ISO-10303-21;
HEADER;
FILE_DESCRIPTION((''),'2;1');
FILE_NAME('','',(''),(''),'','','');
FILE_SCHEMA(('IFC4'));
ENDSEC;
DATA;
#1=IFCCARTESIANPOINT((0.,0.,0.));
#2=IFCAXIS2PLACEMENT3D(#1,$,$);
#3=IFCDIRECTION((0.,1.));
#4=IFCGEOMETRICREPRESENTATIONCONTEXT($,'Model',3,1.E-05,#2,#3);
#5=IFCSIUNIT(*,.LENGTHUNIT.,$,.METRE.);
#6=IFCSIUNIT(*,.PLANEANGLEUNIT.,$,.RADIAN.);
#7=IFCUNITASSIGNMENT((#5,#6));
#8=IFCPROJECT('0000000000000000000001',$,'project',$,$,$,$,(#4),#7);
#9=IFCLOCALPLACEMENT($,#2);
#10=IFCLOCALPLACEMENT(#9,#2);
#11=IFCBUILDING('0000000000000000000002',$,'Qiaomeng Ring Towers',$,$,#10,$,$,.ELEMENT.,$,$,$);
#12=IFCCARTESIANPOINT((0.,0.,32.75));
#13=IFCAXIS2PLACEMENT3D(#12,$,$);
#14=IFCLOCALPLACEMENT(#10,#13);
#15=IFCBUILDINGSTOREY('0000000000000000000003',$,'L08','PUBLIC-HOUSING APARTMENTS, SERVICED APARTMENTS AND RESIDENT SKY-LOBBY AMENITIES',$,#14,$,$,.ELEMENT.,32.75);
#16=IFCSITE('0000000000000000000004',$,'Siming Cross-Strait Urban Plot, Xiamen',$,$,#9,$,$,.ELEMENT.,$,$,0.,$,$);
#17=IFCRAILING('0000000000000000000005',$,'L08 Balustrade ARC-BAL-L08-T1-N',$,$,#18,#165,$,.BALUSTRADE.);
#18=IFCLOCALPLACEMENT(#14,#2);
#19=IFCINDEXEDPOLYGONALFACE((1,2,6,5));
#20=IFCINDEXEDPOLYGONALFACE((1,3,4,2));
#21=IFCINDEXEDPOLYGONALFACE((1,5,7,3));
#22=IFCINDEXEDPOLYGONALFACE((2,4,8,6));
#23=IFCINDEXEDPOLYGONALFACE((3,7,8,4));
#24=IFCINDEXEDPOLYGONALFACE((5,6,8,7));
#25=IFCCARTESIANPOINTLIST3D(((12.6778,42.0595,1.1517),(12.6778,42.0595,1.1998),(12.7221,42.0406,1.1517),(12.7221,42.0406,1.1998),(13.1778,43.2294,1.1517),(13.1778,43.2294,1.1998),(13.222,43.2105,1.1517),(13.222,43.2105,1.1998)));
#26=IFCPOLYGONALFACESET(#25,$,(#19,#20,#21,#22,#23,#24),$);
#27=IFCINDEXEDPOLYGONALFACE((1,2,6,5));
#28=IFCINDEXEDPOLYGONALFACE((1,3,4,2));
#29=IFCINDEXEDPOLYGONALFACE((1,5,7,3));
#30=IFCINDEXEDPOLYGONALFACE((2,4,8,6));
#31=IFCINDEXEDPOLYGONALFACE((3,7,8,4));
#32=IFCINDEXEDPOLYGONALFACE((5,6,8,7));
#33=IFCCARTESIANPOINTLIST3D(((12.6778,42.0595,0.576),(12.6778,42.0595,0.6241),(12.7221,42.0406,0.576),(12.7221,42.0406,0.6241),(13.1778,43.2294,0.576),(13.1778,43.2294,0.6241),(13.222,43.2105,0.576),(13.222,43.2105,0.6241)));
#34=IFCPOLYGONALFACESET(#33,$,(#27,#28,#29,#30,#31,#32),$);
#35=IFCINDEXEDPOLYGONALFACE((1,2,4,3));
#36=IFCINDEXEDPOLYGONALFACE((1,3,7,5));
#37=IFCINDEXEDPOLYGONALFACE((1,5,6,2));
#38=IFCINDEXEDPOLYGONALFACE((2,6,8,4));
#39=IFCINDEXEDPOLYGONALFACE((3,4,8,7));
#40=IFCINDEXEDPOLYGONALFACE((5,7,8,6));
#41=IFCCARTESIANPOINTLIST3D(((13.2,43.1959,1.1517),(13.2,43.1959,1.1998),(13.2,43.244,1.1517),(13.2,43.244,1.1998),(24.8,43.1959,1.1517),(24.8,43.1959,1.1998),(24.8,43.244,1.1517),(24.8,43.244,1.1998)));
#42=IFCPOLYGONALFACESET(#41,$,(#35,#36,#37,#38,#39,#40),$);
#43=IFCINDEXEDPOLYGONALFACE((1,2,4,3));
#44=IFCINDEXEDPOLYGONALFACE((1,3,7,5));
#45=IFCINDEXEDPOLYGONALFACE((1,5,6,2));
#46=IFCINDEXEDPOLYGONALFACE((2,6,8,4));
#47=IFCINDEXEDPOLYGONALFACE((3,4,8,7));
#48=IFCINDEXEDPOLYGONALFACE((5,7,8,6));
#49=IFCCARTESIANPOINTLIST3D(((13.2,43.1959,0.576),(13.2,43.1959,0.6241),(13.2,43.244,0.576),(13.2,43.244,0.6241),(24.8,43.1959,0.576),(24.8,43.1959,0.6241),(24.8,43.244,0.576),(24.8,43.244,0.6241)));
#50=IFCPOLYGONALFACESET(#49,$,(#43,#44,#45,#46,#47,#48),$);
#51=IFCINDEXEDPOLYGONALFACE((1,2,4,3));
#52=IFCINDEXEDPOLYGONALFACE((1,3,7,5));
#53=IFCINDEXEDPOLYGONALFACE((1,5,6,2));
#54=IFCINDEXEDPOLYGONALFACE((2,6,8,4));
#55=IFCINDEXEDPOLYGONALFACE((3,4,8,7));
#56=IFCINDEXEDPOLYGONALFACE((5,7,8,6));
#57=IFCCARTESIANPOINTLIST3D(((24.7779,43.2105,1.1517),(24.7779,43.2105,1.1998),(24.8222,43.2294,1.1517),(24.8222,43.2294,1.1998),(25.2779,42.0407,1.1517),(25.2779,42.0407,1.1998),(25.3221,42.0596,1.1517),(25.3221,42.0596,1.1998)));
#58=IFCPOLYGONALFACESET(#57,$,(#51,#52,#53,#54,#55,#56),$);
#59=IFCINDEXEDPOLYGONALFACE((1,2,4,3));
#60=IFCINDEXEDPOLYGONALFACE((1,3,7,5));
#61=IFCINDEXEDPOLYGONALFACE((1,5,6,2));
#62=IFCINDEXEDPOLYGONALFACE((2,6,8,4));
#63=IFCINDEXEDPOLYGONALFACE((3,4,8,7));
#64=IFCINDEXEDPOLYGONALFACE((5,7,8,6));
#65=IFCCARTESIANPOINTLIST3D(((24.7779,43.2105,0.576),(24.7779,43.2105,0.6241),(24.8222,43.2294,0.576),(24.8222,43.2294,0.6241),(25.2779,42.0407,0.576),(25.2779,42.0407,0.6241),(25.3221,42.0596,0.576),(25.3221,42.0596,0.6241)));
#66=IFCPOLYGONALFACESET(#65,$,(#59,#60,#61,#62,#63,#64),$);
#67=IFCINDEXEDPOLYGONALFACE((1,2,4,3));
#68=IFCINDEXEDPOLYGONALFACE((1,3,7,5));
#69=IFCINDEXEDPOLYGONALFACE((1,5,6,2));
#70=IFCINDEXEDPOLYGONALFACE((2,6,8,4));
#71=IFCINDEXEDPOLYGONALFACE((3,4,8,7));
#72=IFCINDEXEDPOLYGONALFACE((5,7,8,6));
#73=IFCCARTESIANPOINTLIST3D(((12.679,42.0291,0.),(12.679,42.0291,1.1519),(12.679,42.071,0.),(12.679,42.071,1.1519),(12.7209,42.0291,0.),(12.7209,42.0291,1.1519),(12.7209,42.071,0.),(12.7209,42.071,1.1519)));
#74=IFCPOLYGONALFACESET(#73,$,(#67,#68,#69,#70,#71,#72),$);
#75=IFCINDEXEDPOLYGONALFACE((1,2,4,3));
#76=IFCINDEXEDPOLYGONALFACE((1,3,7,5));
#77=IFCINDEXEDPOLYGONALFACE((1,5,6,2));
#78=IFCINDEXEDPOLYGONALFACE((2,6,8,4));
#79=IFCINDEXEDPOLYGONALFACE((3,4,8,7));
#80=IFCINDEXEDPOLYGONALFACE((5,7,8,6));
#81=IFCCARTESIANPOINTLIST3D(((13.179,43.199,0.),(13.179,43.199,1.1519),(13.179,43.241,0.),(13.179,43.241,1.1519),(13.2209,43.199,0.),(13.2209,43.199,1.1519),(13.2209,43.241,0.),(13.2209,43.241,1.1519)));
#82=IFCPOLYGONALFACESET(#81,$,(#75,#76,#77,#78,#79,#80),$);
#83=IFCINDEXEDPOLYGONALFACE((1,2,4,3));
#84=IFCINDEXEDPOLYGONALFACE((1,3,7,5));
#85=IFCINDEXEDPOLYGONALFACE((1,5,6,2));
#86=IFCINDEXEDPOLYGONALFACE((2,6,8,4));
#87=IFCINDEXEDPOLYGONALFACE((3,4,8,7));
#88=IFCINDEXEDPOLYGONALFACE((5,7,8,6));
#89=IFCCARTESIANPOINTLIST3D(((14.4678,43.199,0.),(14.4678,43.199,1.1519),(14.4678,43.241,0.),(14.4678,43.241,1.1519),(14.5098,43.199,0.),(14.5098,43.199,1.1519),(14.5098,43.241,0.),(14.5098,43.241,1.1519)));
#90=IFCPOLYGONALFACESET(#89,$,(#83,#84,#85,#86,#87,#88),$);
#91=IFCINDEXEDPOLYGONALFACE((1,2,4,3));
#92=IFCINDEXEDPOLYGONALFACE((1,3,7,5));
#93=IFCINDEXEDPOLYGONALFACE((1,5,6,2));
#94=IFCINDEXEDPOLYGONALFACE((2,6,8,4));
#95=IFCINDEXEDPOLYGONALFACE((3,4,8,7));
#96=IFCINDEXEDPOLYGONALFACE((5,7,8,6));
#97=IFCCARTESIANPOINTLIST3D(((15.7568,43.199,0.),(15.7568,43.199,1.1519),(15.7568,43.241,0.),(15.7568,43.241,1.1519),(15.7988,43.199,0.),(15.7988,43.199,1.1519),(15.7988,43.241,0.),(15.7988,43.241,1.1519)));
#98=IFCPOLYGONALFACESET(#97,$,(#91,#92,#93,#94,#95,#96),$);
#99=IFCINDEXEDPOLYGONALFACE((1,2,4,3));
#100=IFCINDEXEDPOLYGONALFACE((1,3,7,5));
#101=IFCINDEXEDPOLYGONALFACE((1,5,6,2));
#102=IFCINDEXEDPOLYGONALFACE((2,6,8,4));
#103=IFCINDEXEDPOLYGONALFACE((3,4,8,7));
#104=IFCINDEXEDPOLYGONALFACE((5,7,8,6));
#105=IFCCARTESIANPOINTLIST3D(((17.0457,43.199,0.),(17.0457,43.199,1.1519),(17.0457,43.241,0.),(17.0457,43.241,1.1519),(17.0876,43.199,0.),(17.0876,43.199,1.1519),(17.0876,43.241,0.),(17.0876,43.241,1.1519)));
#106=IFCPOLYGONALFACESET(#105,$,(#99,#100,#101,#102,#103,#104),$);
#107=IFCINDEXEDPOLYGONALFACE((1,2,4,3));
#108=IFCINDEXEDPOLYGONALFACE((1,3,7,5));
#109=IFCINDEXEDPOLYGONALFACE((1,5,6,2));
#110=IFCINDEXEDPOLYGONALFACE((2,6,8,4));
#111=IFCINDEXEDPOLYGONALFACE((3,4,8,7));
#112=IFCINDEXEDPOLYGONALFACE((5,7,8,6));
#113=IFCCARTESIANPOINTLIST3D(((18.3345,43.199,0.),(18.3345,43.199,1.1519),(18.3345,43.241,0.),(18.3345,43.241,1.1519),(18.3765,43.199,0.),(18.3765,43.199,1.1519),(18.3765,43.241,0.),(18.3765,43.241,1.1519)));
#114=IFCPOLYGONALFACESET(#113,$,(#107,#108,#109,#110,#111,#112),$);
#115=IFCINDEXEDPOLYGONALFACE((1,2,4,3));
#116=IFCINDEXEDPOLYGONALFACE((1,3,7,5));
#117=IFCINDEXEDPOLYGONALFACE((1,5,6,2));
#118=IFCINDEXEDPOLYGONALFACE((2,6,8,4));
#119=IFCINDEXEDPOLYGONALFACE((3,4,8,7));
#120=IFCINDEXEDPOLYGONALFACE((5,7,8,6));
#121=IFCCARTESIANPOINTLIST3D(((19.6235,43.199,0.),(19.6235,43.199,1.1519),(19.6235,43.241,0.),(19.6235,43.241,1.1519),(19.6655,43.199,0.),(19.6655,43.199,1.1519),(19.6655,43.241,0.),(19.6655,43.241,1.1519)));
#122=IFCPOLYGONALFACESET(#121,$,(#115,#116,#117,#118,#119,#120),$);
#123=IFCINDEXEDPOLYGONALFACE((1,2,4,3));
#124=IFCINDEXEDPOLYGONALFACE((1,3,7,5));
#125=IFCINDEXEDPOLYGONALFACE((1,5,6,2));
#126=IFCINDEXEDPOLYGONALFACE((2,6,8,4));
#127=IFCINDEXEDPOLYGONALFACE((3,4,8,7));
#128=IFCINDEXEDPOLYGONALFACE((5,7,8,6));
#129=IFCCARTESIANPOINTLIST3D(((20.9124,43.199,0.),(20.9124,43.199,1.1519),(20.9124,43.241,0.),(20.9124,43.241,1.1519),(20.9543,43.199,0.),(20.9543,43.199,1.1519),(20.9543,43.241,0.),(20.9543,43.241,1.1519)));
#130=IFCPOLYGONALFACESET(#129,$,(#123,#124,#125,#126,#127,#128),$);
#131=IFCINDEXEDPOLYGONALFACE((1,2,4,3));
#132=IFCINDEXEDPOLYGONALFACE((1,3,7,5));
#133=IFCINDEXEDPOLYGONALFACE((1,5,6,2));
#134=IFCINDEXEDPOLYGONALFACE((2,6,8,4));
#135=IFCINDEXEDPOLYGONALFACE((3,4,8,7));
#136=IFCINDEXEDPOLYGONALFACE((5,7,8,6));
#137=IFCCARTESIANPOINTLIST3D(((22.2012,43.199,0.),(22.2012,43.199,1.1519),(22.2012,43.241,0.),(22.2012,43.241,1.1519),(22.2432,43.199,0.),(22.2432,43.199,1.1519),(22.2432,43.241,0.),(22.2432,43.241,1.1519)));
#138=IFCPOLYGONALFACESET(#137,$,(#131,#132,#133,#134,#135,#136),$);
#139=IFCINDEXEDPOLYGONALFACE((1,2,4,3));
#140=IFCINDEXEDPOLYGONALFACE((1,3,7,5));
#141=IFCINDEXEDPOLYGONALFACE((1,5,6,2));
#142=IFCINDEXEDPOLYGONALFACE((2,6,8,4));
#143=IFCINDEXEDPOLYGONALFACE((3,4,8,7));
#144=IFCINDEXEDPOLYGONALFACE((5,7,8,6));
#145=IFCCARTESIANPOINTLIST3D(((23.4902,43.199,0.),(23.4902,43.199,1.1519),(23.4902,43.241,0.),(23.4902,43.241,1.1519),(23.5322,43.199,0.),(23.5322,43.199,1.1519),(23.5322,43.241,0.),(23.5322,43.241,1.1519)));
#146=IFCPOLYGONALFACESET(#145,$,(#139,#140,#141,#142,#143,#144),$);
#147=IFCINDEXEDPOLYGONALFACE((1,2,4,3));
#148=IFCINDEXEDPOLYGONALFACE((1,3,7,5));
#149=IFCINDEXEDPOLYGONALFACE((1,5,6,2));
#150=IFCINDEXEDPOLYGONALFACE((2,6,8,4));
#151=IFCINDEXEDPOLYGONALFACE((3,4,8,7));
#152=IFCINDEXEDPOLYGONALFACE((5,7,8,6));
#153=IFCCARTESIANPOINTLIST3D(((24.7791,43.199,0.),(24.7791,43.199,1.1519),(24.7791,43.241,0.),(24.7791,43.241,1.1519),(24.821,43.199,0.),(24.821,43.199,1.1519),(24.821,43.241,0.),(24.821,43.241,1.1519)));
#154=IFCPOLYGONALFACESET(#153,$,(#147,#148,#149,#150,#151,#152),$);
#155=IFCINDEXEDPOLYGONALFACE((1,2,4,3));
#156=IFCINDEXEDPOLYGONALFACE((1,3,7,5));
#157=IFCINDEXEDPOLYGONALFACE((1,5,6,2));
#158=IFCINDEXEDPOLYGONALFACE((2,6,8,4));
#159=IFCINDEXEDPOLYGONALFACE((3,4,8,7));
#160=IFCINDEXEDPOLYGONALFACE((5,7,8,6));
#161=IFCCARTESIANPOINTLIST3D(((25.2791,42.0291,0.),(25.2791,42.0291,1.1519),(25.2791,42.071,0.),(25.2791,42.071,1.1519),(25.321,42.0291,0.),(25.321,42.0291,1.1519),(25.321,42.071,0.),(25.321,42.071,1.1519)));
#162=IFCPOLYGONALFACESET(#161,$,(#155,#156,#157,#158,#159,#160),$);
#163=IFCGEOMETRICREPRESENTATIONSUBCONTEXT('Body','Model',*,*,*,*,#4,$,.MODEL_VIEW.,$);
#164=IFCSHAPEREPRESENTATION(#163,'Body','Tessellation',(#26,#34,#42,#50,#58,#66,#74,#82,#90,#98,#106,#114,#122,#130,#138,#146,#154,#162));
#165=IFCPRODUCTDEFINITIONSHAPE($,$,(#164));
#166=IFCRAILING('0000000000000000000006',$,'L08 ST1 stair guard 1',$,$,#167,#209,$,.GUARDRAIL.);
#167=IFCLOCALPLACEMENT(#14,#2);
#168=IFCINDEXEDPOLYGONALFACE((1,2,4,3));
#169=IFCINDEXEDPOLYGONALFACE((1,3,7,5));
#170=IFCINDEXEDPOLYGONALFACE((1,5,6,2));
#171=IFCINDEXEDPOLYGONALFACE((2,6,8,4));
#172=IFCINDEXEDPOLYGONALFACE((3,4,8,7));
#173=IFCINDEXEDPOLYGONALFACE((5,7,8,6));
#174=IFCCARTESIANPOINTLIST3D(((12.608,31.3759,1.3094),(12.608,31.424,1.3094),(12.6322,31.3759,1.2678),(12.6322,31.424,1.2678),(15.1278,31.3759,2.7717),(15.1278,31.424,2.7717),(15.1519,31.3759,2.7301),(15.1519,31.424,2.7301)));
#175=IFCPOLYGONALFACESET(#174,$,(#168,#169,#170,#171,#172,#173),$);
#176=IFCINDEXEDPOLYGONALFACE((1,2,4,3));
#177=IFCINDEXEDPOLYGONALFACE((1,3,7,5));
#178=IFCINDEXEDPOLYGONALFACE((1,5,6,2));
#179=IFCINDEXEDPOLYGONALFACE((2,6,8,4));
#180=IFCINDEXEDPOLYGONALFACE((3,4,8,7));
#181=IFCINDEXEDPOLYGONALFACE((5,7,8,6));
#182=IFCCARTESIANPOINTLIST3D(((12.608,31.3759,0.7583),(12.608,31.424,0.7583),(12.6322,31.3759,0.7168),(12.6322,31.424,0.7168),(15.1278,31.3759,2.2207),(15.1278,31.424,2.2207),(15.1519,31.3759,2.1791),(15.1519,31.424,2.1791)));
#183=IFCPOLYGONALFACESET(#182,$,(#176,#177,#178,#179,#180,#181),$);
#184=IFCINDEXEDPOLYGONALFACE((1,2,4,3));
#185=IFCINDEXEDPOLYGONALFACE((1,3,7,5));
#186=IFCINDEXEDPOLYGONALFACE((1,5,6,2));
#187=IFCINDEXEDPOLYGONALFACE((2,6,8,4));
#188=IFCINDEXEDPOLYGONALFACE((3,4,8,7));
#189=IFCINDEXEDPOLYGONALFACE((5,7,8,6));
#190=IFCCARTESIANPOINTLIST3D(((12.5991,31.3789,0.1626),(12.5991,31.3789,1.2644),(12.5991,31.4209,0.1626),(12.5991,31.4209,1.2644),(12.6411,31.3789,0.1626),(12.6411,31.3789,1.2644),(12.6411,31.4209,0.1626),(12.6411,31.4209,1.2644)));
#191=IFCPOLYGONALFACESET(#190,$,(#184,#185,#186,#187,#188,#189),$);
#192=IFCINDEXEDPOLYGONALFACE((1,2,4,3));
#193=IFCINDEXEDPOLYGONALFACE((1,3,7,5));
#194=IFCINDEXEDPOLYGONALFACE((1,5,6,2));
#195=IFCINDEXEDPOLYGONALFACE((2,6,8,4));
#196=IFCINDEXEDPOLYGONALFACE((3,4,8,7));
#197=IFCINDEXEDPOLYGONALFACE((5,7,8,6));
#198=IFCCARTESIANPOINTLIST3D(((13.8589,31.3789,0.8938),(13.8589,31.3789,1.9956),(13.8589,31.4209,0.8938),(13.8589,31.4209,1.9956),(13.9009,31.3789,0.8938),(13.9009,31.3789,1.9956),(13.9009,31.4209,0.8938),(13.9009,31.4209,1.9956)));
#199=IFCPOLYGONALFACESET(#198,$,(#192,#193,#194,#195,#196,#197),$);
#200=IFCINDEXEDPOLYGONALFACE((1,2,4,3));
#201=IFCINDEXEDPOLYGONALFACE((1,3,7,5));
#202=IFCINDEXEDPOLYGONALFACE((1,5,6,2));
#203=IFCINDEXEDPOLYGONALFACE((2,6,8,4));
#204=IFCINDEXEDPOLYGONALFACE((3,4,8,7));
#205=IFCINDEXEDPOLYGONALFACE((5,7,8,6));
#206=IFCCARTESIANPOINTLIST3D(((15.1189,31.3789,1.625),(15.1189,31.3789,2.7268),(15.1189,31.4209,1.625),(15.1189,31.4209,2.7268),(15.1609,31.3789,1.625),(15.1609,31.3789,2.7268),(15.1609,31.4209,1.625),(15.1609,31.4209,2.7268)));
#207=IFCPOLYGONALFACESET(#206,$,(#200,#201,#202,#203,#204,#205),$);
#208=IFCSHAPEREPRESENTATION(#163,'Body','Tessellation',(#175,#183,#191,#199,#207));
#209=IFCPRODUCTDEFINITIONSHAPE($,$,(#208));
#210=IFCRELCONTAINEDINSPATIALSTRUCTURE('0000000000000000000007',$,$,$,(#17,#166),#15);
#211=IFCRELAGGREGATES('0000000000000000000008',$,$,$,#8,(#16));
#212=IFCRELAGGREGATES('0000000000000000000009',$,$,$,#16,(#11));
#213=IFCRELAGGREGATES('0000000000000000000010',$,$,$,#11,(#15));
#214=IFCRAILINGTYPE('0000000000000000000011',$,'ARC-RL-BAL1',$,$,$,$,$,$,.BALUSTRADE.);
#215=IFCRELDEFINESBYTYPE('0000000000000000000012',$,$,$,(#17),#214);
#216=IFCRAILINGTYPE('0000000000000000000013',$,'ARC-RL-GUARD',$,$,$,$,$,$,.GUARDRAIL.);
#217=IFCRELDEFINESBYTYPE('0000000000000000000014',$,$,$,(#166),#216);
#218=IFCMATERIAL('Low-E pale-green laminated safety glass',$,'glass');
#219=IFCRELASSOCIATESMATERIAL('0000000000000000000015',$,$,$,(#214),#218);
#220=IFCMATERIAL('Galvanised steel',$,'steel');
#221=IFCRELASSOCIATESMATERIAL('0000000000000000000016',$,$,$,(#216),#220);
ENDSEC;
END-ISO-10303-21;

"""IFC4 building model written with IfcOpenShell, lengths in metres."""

from ifc_helpers import new_model, si_unit, direction, frame, origin, origin_2d, place, context, subcontext, project, spatial, rectangle, extrude, material, type_object, element, save


model = new_model("IFC4")

# Units and contexts
model_context = context("Model", 3, precision=1e-05, world=origin(), true_north=direction((0.0, 1.0)))
body_context = subcontext(model_context, "Body", "Model", "MODEL_VIEW")
ifc_project = project(units=[si_unit("LENGTHUNIT", "METRE"), si_unit("PLANEANGLEUNIT", "RADIAN")], contexts=[model_context])

# Site, building, storey
site_placement = place(None, origin())
site = spatial("IfcSite", under=ifc_project, at=site_placement, Name="Siming Cross-Strait Urban Plot, Xiamen", CompositionType="ELEMENT", RefElevation=0.0)
building_placement = place(site_placement, origin())
building = spatial("IfcBuilding", under=site, at=building_placement, Name="Qiaomeng Ring Towers", CompositionType="ELEMENT")
storey_placement = place(building_placement, frame((0.0, 0.0, 32.75)))
storey = spatial("IfcBuildingStorey", under=building, at=storey_placement, Name="L08", Description="PUBLIC-HOUSING APARTMENTS, SERVICED APARTMENTS AND RESIDENT SKY-LOBBY AMENITIES", CompositionType="ELEMENT", Elevation=32.75)

# Shared definitions
ifc_material_1 = material(Name="Galvanised steel", Category="steel")

# Railings
ifc_material_2 = material(Name="Low-E pale-green laminated safety glass", Category="glass")
railing_type_1 = type_object("IfcRailingType", Name="ARC-RL-BAL1", PredefinedType="BALUSTRADE", material=ifc_material_2)
railing_1_placement = place(storey_placement, frame((12.7, 42.05, 0.0)))
element("IfcRailing", 1, at=railing_1_placement, inside=storey, type_object=railing_type_1, Name="L08 Balustrade ARC-BAL-L08-T1-N", PredefinedType="BALUSTRADE", context=body_context, shape_type="SweptSolid", body=[
    extrude(rectangle(XDim=0.0481, YDim=0.0481, at=origin_2d()), frame((0.0, 0.0, 1.1758), z_axis=(0.392993, 0.919542, 0.0), x_axis=(-0.919542, 0.392993, 0.0)), (0.0, 0.0, 1.0), 1.2722),
    extrude(rectangle(XDim=0.0481, YDim=0.0481, at=origin_2d()), frame((0.0, 0.0, 0.6001), z_axis=(0.392993, 0.919542, 0.0), x_axis=(-0.919542, 0.392993, 0.0)), (0.0, 0.0, 1.0), 1.2722),
    extrude(rectangle(XDim=0.0481, YDim=0.0481, at=origin_2d()), frame((0.5, 1.1699, 1.1758), z_axis=(1.0, 0.0, 0.0), x_axis=(0.0, 1.0, 0.0)), (0.0, 0.0, 1.0), 11.6001),
    extrude(rectangle(XDim=0.0481, YDim=0.0481, at=origin_2d()), frame((0.5, 1.1699, 0.6001), z_axis=(1.0, 0.0, 0.0), x_axis=(0.0, 1.0, 0.0)), (0.0, 0.0, 1.0), 11.6001),
    extrude(rectangle(XDim=0.0481, YDim=0.0481, at=origin_2d()), frame((12.1001, 1.1699, 1.1758), z_axis=(0.392993, -0.919542, 0.0), x_axis=(0.919542, 0.392993, 0.0)), (0.0, 0.0, 1.0), 1.2722),
    extrude(rectangle(XDim=0.0481, YDim=0.0481, at=origin_2d()), frame((12.1001, 1.1699, 0.6001), z_axis=(0.392993, -0.919542, 0.0), x_axis=(0.919542, 0.392993, 0.0)), (0.0, 0.0, 1.0), 1.2722),
    extrude(rectangle(XDim=0.042, YDim=0.042, at=origin_2d()), origin(), (0.0, 0.0, 1.0), 1.1519),
    extrude(rectangle(XDim=0.042, YDim=0.042, at=origin_2d()), frame((0.5, 1.1699, 0.0)), (0.0, 0.0, 1.0), 1.1519),
    extrude(rectangle(XDim=0.042, YDim=0.042, at=origin_2d()), frame((1.7888, 1.1699, 0.0)), (0.0, 0.0, 1.0), 1.1519),
    extrude(rectangle(XDim=0.042, YDim=0.042, at=origin_2d()), frame((3.0779, 1.1699, 0.0)), (0.0, 0.0, 1.0), 1.1519),
    extrude(rectangle(XDim=0.042, YDim=0.042, at=origin_2d()), frame((4.3667, 1.1699, 0.0)), (0.0, 0.0, 1.0), 1.1519),
    extrude(rectangle(XDim=0.042, YDim=0.042, at=origin_2d()), frame((5.6555, 1.1699, 0.0)), (0.0, 0.0, 1.0), 1.1519),
    extrude(rectangle(XDim=0.042, YDim=0.042, at=origin_2d()), frame((6.9446, 1.1699, 0.0)), (0.0, 0.0, 1.0), 1.1519),
    extrude(rectangle(XDim=0.042, YDim=0.042, at=origin_2d()), frame((8.2334, 1.1699, 0.0)), (0.0, 0.0, 1.0), 1.1519),
    extrude(rectangle(XDim=0.042, YDim=0.042, at=origin_2d()), frame((9.5222, 1.1699, 0.0)), (0.0, 0.0, 1.0), 1.1519),
    extrude(rectangle(XDim=0.042, YDim=0.042, at=origin_2d()), frame((10.8113, 1.1699, 0.0)), (0.0, 0.0, 1.0), 1.1519),
    extrude(rectangle(XDim=0.042, YDim=0.042, at=origin_2d()), frame((12.1001, 1.1699, 0.0)), (0.0, 0.0, 1.0), 1.1519),
    extrude(rectangle(XDim=0.042, YDim=0.042, at=origin_2d()), frame((12.6001, 0.0, 0.0)), (0.0, 0.0, 1.0), 1.1519),
])
railing_type_2 = type_object("IfcRailingType", Name="ARC-RL-GUARD", PredefinedType="GUARDRAIL", material=ifc_material_1)
railing_2_placement = place(storey_placement, frame((12.6201, 31.3999, 0.1626)))
element("IfcRailing", 2, at=railing_2_placement, inside=storey, type_object=railing_type_2, Name="L08 ST1 stair guard 1", PredefinedType="GUARDRAIL", context=body_context, shape_type="SweptSolid", body=[
    extrude(rectangle(XDim=0.0481, YDim=0.0481, at=origin_2d()), frame((0.0, 0.0, 1.126), z_axis=(0.864892, 0.0, 0.501958), x_axis=(0.0, 1.0, 0.0)), (0.0, 0.0, 1.0), 2.9133),
    extrude(rectangle(XDim=0.0481, YDim=0.0481, at=origin_2d()), frame((0.0, 0.0, 0.575), z_axis=(0.864892, 0.0, 0.501958), x_axis=(0.0, 1.0, 0.0)), (0.0, 0.0, 1.0), 2.9133),
    extrude(rectangle(XDim=0.042, YDim=0.042, at=origin_2d()), origin(), (0.0, 0.0, 1.0), 1.1018),
    extrude(rectangle(XDim=0.042, YDim=0.042, at=origin_2d()), frame((1.2598, 0.0, 0.7312)), (0.0, 0.0, 1.0), 1.1018),
    extrude(rectangle(XDim=0.042, YDim=0.042, at=origin_2d()), frame((2.5198, 0.0, 1.4624)), (0.0, 0.0, 1.0), 1.1018),
])

save(model, "model.ifc")
